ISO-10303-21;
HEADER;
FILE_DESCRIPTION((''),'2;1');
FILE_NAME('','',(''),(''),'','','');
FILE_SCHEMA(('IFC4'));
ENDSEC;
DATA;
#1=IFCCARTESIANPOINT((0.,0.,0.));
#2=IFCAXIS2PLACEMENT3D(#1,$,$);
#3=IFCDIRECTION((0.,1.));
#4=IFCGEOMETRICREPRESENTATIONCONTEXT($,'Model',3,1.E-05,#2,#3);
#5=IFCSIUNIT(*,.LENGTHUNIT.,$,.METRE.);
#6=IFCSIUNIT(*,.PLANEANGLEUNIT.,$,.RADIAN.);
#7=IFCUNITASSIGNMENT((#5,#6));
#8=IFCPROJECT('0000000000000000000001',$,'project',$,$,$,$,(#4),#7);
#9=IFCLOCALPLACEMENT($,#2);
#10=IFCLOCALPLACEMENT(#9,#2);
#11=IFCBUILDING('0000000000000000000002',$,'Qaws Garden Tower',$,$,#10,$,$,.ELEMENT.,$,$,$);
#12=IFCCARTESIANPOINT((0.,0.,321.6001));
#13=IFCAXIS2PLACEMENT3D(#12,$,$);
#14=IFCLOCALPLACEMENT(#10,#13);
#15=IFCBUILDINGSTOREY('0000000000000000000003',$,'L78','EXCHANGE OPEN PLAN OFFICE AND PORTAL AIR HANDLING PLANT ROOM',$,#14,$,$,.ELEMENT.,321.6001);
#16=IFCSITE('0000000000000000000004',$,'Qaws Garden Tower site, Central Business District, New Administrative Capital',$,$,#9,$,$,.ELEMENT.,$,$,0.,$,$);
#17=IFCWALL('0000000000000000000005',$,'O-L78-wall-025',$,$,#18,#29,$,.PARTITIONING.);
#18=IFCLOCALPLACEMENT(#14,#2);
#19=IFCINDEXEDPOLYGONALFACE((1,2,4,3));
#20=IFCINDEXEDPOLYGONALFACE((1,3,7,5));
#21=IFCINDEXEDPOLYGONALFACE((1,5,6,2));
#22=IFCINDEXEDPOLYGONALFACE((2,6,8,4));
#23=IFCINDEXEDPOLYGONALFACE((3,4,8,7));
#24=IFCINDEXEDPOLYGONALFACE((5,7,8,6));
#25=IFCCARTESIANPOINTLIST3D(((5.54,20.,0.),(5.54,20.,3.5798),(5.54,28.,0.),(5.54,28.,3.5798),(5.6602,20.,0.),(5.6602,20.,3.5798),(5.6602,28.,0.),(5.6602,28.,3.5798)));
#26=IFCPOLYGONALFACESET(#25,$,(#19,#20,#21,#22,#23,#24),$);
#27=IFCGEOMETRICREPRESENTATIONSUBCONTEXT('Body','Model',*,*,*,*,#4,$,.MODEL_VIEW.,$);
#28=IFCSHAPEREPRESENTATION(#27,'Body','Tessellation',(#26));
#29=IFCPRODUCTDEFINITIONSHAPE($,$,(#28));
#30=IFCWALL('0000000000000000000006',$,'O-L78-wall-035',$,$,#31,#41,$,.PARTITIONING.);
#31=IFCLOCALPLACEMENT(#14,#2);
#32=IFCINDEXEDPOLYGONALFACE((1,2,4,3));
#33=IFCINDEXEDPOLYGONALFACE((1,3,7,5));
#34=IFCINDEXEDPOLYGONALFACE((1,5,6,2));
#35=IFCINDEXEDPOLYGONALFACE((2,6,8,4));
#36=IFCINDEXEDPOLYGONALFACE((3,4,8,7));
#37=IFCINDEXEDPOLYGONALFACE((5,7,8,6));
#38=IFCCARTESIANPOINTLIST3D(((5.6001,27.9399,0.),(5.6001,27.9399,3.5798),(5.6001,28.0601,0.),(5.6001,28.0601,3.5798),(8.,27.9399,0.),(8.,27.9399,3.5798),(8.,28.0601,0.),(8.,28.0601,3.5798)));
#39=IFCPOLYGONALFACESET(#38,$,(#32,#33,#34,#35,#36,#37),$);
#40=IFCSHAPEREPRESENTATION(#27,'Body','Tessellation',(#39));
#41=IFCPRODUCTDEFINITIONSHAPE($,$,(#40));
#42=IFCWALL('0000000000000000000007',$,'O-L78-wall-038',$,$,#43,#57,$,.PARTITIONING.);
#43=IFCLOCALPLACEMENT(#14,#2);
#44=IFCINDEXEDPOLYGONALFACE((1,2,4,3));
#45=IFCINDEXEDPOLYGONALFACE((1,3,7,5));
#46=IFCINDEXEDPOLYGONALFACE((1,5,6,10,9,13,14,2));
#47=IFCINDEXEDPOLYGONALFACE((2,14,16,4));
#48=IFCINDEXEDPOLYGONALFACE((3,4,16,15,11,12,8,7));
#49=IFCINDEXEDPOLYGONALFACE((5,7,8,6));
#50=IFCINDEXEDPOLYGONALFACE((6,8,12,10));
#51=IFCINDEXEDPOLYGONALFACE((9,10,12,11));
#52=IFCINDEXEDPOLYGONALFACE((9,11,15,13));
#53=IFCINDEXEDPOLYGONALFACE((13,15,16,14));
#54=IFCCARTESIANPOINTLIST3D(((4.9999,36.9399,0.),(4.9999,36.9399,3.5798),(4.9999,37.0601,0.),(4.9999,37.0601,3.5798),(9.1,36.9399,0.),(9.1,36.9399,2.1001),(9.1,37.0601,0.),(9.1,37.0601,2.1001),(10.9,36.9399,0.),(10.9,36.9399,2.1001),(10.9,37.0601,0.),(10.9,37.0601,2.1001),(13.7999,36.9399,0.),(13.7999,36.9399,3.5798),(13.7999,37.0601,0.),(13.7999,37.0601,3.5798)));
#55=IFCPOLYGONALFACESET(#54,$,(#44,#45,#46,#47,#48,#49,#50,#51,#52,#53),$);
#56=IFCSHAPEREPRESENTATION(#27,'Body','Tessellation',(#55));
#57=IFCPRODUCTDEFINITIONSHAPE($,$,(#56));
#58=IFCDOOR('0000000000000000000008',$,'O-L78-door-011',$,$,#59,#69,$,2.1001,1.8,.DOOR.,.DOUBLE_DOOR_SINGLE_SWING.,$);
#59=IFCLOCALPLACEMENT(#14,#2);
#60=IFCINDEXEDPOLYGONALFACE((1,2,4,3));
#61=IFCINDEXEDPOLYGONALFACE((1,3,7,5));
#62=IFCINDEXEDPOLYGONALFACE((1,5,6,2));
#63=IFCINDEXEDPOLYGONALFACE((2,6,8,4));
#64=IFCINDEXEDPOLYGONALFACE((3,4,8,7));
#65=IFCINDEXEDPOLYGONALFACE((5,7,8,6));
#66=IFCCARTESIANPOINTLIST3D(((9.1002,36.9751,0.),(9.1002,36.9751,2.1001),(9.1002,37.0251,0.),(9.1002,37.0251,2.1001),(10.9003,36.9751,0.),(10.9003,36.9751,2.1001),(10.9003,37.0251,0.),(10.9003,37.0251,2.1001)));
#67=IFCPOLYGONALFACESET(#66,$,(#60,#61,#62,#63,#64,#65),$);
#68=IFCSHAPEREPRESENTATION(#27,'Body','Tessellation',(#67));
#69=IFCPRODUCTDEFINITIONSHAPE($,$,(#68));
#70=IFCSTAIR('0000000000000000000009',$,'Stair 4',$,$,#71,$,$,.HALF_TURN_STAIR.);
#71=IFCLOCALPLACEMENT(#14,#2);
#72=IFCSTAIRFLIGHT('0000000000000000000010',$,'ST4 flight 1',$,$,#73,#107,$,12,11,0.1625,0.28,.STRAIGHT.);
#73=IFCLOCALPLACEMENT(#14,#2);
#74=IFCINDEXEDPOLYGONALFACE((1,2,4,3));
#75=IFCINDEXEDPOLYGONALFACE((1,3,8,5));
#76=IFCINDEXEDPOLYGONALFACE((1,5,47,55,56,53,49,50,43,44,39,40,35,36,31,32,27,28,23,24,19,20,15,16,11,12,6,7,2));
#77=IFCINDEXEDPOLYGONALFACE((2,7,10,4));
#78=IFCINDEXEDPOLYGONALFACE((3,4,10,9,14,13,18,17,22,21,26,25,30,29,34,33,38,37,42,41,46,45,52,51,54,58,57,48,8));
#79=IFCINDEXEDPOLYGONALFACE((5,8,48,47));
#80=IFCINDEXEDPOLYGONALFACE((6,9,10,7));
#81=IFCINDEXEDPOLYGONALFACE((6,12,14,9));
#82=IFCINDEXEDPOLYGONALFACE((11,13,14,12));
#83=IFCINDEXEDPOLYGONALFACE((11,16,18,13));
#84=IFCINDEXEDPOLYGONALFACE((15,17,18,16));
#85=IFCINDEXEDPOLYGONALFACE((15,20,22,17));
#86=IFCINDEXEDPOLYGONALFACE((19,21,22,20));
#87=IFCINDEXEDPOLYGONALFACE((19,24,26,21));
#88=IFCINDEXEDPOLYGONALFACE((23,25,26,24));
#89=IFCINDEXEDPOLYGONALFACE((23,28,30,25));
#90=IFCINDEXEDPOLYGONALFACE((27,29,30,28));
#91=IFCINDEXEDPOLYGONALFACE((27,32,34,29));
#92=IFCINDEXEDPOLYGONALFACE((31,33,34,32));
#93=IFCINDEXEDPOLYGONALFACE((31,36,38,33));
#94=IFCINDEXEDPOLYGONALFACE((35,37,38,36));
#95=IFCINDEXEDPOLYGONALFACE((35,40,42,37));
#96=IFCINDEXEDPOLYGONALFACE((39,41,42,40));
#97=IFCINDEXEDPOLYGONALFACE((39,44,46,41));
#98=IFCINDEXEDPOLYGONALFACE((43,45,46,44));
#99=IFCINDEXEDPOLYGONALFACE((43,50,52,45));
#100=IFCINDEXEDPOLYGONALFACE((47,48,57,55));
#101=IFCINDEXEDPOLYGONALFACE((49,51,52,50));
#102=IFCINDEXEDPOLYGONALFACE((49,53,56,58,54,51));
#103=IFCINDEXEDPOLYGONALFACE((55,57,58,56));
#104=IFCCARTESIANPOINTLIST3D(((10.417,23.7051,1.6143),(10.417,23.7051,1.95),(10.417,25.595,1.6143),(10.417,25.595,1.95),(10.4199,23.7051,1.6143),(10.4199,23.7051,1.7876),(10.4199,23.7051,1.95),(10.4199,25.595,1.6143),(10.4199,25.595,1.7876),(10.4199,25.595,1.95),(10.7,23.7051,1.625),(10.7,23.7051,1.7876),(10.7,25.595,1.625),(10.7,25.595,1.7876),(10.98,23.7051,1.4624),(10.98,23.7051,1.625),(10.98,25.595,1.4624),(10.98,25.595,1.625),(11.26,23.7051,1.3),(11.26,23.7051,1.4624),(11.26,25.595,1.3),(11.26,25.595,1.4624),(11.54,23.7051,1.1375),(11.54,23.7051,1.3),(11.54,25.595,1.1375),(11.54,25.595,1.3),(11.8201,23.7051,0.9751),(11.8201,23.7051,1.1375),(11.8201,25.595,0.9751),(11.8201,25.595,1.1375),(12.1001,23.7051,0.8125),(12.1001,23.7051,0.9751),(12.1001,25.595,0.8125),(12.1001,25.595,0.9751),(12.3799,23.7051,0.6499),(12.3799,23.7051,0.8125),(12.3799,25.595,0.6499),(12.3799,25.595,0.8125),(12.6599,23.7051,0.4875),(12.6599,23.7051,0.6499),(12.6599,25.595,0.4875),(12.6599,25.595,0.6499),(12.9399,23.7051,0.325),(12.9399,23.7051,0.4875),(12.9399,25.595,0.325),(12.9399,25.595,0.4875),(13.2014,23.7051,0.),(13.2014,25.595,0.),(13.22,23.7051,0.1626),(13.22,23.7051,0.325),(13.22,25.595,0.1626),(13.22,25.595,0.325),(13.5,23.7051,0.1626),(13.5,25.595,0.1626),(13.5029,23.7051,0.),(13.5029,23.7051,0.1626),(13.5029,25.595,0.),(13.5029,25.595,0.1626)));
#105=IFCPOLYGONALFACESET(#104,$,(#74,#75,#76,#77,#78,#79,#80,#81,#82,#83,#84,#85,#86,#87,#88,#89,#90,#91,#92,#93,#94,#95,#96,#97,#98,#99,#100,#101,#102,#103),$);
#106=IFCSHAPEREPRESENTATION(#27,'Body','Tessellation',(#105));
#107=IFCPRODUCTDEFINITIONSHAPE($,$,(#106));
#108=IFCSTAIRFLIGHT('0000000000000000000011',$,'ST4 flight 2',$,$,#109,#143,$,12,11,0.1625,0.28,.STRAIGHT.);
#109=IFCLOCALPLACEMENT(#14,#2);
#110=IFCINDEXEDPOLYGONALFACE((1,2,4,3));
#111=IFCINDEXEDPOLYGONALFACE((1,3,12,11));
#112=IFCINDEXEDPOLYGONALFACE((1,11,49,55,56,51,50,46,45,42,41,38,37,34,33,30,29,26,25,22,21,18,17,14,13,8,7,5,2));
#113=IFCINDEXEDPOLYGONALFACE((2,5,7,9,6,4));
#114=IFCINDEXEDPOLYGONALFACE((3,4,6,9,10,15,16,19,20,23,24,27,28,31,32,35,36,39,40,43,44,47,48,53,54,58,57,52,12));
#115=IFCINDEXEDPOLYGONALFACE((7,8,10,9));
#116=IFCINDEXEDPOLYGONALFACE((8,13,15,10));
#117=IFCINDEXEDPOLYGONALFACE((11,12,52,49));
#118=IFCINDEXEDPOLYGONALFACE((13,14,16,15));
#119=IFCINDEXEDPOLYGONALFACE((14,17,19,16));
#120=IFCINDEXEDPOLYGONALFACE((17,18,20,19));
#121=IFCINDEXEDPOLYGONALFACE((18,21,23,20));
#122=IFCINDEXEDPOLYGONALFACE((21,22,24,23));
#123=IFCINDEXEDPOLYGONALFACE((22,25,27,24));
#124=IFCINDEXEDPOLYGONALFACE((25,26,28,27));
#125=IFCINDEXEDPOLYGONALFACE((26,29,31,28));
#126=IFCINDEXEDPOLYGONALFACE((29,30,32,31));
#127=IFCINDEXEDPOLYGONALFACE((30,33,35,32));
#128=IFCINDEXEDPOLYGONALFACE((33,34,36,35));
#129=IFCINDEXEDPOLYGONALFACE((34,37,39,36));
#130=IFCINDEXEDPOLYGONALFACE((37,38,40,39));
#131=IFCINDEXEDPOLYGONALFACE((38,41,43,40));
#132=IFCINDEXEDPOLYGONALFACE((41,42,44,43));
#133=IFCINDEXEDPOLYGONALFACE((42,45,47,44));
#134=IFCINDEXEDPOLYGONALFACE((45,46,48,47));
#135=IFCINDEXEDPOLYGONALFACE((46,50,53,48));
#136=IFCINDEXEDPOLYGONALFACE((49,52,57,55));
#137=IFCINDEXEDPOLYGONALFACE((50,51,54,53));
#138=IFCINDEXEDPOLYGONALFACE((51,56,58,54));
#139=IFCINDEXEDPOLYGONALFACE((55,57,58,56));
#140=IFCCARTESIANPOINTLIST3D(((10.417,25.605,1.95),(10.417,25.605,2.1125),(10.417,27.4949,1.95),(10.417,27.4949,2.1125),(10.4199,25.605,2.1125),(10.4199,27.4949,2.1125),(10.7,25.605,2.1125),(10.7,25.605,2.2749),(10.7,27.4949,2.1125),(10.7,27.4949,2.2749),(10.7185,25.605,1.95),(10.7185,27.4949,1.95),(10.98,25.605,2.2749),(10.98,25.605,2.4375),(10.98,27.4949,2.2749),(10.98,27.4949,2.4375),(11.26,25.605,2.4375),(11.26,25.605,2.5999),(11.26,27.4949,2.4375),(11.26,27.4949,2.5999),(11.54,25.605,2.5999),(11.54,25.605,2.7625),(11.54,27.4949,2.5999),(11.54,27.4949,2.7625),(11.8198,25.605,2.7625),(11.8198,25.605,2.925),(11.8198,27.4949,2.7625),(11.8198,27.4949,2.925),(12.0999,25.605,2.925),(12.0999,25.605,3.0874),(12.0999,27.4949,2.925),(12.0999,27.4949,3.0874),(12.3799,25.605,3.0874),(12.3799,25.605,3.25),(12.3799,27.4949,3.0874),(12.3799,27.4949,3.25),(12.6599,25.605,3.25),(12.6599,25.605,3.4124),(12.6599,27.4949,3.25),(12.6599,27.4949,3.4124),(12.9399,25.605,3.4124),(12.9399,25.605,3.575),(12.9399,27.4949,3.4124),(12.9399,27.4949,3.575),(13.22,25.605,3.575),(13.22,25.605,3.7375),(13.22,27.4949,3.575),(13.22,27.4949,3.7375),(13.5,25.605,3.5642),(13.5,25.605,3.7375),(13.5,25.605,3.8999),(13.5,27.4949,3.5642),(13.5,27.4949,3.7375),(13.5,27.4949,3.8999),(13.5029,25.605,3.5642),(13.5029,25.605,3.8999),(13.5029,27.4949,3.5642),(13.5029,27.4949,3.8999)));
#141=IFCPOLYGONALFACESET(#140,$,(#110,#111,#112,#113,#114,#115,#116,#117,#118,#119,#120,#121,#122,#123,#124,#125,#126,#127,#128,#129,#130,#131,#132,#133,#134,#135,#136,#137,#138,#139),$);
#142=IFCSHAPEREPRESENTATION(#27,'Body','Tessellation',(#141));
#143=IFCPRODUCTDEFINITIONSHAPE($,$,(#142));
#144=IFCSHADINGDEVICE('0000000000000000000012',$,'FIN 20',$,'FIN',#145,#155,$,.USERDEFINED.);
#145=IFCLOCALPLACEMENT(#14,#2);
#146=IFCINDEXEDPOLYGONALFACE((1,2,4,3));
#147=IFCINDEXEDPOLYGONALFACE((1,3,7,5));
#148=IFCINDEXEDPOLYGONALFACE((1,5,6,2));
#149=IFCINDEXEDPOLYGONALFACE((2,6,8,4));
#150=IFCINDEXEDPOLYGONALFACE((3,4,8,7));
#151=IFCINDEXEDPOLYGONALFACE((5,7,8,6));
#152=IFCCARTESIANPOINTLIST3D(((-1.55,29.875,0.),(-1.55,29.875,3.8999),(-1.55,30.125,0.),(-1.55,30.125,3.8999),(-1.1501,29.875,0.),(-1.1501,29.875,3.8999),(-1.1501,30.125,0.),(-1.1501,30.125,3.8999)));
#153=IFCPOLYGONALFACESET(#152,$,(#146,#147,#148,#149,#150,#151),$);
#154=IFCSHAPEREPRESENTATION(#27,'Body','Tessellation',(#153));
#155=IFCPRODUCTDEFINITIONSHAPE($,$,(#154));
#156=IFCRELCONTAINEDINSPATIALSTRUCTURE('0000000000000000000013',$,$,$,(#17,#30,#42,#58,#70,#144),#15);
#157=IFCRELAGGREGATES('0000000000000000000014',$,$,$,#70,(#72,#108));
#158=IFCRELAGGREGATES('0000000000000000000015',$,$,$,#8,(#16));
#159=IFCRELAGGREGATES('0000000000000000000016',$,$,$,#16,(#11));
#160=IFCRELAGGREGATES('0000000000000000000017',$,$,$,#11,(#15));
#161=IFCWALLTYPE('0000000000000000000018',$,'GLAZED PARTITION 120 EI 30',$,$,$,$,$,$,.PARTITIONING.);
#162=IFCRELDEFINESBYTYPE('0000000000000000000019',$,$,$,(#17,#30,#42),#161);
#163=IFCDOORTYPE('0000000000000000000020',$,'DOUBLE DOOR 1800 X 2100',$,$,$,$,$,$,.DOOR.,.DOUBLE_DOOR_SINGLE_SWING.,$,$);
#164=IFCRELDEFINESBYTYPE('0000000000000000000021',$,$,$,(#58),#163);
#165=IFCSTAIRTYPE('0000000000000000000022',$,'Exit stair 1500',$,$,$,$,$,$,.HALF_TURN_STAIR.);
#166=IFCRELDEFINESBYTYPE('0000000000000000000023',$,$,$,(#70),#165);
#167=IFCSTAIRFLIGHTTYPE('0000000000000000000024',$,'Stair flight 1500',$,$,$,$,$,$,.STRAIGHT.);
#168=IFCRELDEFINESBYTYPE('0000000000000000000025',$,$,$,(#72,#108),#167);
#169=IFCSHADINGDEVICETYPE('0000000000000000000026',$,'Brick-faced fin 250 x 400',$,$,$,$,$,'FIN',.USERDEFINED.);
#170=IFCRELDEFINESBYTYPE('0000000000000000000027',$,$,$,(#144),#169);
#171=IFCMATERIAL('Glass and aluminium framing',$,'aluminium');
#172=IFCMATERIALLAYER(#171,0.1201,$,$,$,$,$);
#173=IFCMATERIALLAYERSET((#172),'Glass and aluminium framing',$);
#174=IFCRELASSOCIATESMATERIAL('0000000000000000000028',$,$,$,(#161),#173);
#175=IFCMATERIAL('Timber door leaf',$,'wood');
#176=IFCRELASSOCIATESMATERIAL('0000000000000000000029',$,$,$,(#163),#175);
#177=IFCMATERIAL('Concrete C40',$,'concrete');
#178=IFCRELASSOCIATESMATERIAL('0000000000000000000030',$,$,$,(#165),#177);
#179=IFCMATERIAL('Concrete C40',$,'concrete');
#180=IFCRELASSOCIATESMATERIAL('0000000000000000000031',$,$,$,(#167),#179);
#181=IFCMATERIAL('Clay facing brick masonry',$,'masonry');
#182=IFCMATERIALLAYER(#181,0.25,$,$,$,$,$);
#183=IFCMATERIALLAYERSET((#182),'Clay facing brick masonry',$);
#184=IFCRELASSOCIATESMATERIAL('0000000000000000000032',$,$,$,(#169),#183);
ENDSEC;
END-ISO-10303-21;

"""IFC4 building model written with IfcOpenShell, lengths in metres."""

from ifc_helpers import new_model, si_unit, direction, frame, frame_2d, origin, origin_2d, place, context, subcontext, project, spatial, polyline, rectangle, outline, extrude, material, layer, layer_set, type_object, element, fill, aggregate, save


model = new_model("IFC4")

# Units and contexts
model_context = context("Model", 3, precision=1e-05, world=origin(), true_north=direction((0.0, 1.0)))
body_context = subcontext(model_context, "Body", "Model", "MODEL_VIEW")
ifc_project = project(units=[si_unit("LENGTHUNIT", "METRE"), si_unit("PLANEANGLEUNIT", "RADIAN")], contexts=[model_context])

# Site, building, storey
site_placement = place(None, origin())
site = spatial("IfcSite", under=ifc_project, at=site_placement, Name="Qaws Garden Tower site, Central Business District, New Administrative Capital", CompositionType="ELEMENT", RefElevation=0.0)
building_placement = place(site_placement, origin())
building = spatial("IfcBuilding", under=site, at=building_placement, Name="Qaws Garden Tower", CompositionType="ELEMENT")
storey_placement = place(building_placement, frame((0.0, 0.0, 321.6001)))
storey = spatial("IfcBuildingStorey", under=building, at=storey_placement, Name="L78", Description="EXCHANGE OPEN PLAN OFFICE AND PORTAL AIR HANDLING PLANT ROOM", CompositionType="ELEMENT", Elevation=321.6001)

# Shared definitions
placement = place(storey_placement, origin())

# Walls
ifc_material_1 = material(Name="Glass and aluminium framing", Category="aluminium")
ifc_layer_1 = layer(ifc_material_1, 0.1201)
ifc_layer_set_1 = layer_set([ifc_layer_1], Name="Glass and aluminium framing")
wall_type_1 = type_object("IfcWallType", Name="GLAZED PARTITION 120 EI 30", PredefinedType="PARTITIONING", material=ifc_layer_set_1)
wall_1_placement = place(storey_placement, frame((5.6001, 20.0, 0.0), z_axis=(0.0, 0.0, 1.0), x_axis=(0.0, 1.0, 0.0)))
element("IfcWall", 1, at=wall_1_placement, inside=storey, type_object=wall_type_1, Name="O-L78-wall-025", PredefinedType="PARTITIONING", context=body_context, shape_type="SweptSolid", body=[
    extrude(rectangle(XDim=8.0, YDim=0.1201, at=frame_2d((4.0, 0.0))), origin(), (0.0, 0.0, 1.0), 3.5798),
])
wall_2_placement = place(storey_placement, frame((5.6001, 28.0, 0.0), z_axis=(0.0, 0.0, 1.0), x_axis=(1.0, 0.0, 0.0)))
element("IfcWall", 2, at=wall_2_placement, inside=storey, type_object=wall_type_1, Name="O-L78-wall-035", PredefinedType="PARTITIONING", context=body_context, shape_type="SweptSolid", body=[
    extrude(rectangle(XDim=2.3999, YDim=0.1201, at=frame_2d((1.2, 0.0))), origin(), (0.0, 0.0, 1.0), 3.5798),
])

# Wall, opening, door
wall_3_placement = place(storey_placement, frame((5.0, 37.0, 0.0), z_axis=(0.0, 0.0, 1.0), x_axis=(1.0, 0.0, 0.0)))
wall_3 = element("IfcWall", 3, at=wall_3_placement, inside=storey, type_object=wall_type_1, Name="O-L78-wall-038", PredefinedType="PARTITIONING", context=body_context, shape_type="SweptSolid", body=[
    extrude(rectangle(XDim=8.8, YDim=0.1201, at=frame_2d((4.3999, 0.0))), origin(), (0.0, 0.0, 1.0), 3.5798),
])
opening_placement = place(wall_3_placement, frame((4.1001, 0.0, 0.0)))
opening = element("IfcOpeningElement", 4, at=opening_placement, cuts=wall_3, PredefinedType="OPENING", context=body_context, shape_type="SweptSolid", body=[
    extrude(rectangle(XDim=1.8, YDim=2.1001, at=frame_2d((0.8999, 1.05))), frame((0.0, 0.0701, 0.0), z_axis=(0.0, -1.0, 0.0), x_axis=(1.0, 0.0, 0.0)), (0.0, 0.0, 1.0), 0.1401),
])
ifc_material_2 = material(Name="Timber door leaf", Category="wood")
door_type = type_object("IfcDoorType", Name="DOUBLE DOOR 1800 X 2100", OperationType="DOUBLE_DOOR_SINGLE_SWING", PredefinedType="DOOR", material=ifc_material_2)
door_placement = place(opening_placement, frame((1.8, 0.0, 0.0), z_axis=(0.0, 0.0, 1.0), x_axis=(-1.0, 0.0, 0.0)))
door = element("IfcDoor", 5, at=door_placement, inside=storey, type_object=door_type, Name="O-L78-door-011", OperationType="DOUBLE_DOOR_SINGLE_SWING", OverallHeight=2.1001, OverallWidth=1.8, PredefinedType="DOOR", context=body_context, shape_type="SweptSolid", body=[
    extrude(rectangle(XDim=1.8, YDim=2.1001, at=frame_2d((0.8999, 1.05))), frame((0.0, 0.0249, 0.0), z_axis=(0.0, -1.0, 0.0), x_axis=(1.0, 0.0, 0.0)), (0.0, 0.0, 1.0), 0.05),
])
fill(opening, door)

# Stair, stair flights
ifc_material_3 = material(Name="Concrete C40", Category="concrete")
stair_type = type_object("IfcStairType", Name="Exit stair 1500", PredefinedType="HALF_TURN_STAIR", material=ifc_material_3)
stair = element("IfcStair", 6, at=placement, inside=storey, type_object=stair_type, Name="Stair 4", PredefinedType="HALF_TURN_STAIR")
ifc_material_4 = material(Name="Concrete C40", Category="concrete")
stair_flight_type = type_object("IfcStairFlightType", Name="Stair flight 1500", PredefinedType="STRAIGHT", material=ifc_material_4)
stair_flight_1_placement = place(storey_placement, frame((13.5, 24.6499, 0.0), z_axis=(0.0, 0.0, 1.0), x_axis=(-1.0, 0.0, 0.0)))
stair_flight_1 = element("IfcStairFlight", 7, at=stair_flight_1_placement, type_object=stair_flight_type, Name="ST4 flight 1", NumberOfRisers=12, NumberOfTreads=11, PredefinedType="STRAIGHT", RiserHeight=0.1625, TreadLength=0.28, context=body_context, shape_type="SweptSolid", body=[
    extrude(outline(polyline([(-0.0029, 0.0), (-0.0029, 0.1626), (0.0, 0.1626), (0.28, 0.1626), (0.28, 0.325), (0.5601, 0.325), (0.5601, 0.4875), (0.8401, 0.4875), (0.8401, 0.6499), (1.1201, 0.6499), (1.1201, 0.8125), (1.3999, 0.8125), (1.3999, 0.9751), (1.6799, 0.9751), (1.6799, 1.1375), (1.96, 1.1375), (1.96, 1.3), (2.24, 1.3), (2.24, 1.4624), (2.52, 1.4624), (2.52, 1.625), (2.8, 1.625), (2.8, 1.7876), (3.0801, 1.7876), (3.0801, 1.95), (3.083, 1.95), (3.083, 1.6143), (3.0801, 1.6143), (0.2986, 0.0), (-0.0029, 0.0)])), frame((0.0, 0.9448, 0.0), z_axis=(0.0, -1.0, 0.0), x_axis=(1.0, 0.0, 0.0)), (0.0, 0.0, 1.0), 1.8899),
])
stair_flight_2_placement = place(storey_placement, frame((10.4199, 26.55, 1.95), z_axis=(0.0, 0.0, 1.0), x_axis=(1.0, 0.0, 0.0)))
stair_flight_2 = element("IfcStairFlight", 8, at=stair_flight_2_placement, type_object=stair_flight_type, Name="ST4 flight 2", NumberOfRisers=12, NumberOfTreads=11, PredefinedType="STRAIGHT", RiserHeight=0.1625, TreadLength=0.28, context=body_context, shape_type="SweptSolid", body=[
    extrude(outline(polyline([(-0.0029, 0.0), (-0.0029, 0.1626), (0.0, 0.1626), (0.28, 0.1626), (0.28, 0.325), (0.5601, 0.325), (0.5601, 0.4875), (0.8401, 0.4875), (0.8401, 0.6499), (1.1201, 0.6499), (1.1201, 0.8125), (1.3999, 0.8125), (1.3999, 0.9751), (1.6799, 0.9751), (1.6799, 1.1375), (1.96, 1.1375), (1.96, 1.3), (2.24, 1.3), (2.24, 1.4624), (2.52, 1.4624), (2.52, 1.625), (2.8, 1.625), (2.8, 1.7876), (3.0801, 1.7876), (3.0801, 1.95), (3.083, 1.95), (3.083, 1.6143), (3.0801, 1.6143), (0.2986, 0.0), (-0.0029, 0.0)])), frame((0.0, 0.9448, 0.0), z_axis=(0.0, -1.0, 0.0), x_axis=(1.0, 0.0, 0.0)), (0.0, 0.0, 1.0), 1.8899),
])
aggregate(stair, [stair_flight_1, stair_flight_2])

# Shading device
ifc_material_5 = material(Name="Clay facing brick masonry", Category="masonry")
ifc_layer_2 = layer(ifc_material_5, 0.25)
ifc_layer_set_2 = layer_set([ifc_layer_2], Name="Clay facing brick masonry")
shading_device_type = type_object("IfcShadingDeviceType", Name="Brick-faced fin 250 x 400", ElementType="FIN", PredefinedType="USERDEFINED", material=ifc_layer_set_2)
shading_device_placement = place(storey_placement, frame((-1.3501, 30.0, 0.0), z_axis=(0.0, 0.0, 1.0), x_axis=(0.0, -1.0, 0.0)))
element("IfcShadingDevice", 9, at=shading_device_placement, inside=storey, type_object=shading_device_type, Name="FIN 20", ObjectType="FIN", PredefinedType="USERDEFINED", context=body_context, shape_type="SweptSolid", body=[
    extrude(rectangle(XDim=0.25, YDim=0.3999, at=origin_2d()), origin(), (0.0, 0.0, 1.0), 3.8999),
])

save(model, "model.ifc")
